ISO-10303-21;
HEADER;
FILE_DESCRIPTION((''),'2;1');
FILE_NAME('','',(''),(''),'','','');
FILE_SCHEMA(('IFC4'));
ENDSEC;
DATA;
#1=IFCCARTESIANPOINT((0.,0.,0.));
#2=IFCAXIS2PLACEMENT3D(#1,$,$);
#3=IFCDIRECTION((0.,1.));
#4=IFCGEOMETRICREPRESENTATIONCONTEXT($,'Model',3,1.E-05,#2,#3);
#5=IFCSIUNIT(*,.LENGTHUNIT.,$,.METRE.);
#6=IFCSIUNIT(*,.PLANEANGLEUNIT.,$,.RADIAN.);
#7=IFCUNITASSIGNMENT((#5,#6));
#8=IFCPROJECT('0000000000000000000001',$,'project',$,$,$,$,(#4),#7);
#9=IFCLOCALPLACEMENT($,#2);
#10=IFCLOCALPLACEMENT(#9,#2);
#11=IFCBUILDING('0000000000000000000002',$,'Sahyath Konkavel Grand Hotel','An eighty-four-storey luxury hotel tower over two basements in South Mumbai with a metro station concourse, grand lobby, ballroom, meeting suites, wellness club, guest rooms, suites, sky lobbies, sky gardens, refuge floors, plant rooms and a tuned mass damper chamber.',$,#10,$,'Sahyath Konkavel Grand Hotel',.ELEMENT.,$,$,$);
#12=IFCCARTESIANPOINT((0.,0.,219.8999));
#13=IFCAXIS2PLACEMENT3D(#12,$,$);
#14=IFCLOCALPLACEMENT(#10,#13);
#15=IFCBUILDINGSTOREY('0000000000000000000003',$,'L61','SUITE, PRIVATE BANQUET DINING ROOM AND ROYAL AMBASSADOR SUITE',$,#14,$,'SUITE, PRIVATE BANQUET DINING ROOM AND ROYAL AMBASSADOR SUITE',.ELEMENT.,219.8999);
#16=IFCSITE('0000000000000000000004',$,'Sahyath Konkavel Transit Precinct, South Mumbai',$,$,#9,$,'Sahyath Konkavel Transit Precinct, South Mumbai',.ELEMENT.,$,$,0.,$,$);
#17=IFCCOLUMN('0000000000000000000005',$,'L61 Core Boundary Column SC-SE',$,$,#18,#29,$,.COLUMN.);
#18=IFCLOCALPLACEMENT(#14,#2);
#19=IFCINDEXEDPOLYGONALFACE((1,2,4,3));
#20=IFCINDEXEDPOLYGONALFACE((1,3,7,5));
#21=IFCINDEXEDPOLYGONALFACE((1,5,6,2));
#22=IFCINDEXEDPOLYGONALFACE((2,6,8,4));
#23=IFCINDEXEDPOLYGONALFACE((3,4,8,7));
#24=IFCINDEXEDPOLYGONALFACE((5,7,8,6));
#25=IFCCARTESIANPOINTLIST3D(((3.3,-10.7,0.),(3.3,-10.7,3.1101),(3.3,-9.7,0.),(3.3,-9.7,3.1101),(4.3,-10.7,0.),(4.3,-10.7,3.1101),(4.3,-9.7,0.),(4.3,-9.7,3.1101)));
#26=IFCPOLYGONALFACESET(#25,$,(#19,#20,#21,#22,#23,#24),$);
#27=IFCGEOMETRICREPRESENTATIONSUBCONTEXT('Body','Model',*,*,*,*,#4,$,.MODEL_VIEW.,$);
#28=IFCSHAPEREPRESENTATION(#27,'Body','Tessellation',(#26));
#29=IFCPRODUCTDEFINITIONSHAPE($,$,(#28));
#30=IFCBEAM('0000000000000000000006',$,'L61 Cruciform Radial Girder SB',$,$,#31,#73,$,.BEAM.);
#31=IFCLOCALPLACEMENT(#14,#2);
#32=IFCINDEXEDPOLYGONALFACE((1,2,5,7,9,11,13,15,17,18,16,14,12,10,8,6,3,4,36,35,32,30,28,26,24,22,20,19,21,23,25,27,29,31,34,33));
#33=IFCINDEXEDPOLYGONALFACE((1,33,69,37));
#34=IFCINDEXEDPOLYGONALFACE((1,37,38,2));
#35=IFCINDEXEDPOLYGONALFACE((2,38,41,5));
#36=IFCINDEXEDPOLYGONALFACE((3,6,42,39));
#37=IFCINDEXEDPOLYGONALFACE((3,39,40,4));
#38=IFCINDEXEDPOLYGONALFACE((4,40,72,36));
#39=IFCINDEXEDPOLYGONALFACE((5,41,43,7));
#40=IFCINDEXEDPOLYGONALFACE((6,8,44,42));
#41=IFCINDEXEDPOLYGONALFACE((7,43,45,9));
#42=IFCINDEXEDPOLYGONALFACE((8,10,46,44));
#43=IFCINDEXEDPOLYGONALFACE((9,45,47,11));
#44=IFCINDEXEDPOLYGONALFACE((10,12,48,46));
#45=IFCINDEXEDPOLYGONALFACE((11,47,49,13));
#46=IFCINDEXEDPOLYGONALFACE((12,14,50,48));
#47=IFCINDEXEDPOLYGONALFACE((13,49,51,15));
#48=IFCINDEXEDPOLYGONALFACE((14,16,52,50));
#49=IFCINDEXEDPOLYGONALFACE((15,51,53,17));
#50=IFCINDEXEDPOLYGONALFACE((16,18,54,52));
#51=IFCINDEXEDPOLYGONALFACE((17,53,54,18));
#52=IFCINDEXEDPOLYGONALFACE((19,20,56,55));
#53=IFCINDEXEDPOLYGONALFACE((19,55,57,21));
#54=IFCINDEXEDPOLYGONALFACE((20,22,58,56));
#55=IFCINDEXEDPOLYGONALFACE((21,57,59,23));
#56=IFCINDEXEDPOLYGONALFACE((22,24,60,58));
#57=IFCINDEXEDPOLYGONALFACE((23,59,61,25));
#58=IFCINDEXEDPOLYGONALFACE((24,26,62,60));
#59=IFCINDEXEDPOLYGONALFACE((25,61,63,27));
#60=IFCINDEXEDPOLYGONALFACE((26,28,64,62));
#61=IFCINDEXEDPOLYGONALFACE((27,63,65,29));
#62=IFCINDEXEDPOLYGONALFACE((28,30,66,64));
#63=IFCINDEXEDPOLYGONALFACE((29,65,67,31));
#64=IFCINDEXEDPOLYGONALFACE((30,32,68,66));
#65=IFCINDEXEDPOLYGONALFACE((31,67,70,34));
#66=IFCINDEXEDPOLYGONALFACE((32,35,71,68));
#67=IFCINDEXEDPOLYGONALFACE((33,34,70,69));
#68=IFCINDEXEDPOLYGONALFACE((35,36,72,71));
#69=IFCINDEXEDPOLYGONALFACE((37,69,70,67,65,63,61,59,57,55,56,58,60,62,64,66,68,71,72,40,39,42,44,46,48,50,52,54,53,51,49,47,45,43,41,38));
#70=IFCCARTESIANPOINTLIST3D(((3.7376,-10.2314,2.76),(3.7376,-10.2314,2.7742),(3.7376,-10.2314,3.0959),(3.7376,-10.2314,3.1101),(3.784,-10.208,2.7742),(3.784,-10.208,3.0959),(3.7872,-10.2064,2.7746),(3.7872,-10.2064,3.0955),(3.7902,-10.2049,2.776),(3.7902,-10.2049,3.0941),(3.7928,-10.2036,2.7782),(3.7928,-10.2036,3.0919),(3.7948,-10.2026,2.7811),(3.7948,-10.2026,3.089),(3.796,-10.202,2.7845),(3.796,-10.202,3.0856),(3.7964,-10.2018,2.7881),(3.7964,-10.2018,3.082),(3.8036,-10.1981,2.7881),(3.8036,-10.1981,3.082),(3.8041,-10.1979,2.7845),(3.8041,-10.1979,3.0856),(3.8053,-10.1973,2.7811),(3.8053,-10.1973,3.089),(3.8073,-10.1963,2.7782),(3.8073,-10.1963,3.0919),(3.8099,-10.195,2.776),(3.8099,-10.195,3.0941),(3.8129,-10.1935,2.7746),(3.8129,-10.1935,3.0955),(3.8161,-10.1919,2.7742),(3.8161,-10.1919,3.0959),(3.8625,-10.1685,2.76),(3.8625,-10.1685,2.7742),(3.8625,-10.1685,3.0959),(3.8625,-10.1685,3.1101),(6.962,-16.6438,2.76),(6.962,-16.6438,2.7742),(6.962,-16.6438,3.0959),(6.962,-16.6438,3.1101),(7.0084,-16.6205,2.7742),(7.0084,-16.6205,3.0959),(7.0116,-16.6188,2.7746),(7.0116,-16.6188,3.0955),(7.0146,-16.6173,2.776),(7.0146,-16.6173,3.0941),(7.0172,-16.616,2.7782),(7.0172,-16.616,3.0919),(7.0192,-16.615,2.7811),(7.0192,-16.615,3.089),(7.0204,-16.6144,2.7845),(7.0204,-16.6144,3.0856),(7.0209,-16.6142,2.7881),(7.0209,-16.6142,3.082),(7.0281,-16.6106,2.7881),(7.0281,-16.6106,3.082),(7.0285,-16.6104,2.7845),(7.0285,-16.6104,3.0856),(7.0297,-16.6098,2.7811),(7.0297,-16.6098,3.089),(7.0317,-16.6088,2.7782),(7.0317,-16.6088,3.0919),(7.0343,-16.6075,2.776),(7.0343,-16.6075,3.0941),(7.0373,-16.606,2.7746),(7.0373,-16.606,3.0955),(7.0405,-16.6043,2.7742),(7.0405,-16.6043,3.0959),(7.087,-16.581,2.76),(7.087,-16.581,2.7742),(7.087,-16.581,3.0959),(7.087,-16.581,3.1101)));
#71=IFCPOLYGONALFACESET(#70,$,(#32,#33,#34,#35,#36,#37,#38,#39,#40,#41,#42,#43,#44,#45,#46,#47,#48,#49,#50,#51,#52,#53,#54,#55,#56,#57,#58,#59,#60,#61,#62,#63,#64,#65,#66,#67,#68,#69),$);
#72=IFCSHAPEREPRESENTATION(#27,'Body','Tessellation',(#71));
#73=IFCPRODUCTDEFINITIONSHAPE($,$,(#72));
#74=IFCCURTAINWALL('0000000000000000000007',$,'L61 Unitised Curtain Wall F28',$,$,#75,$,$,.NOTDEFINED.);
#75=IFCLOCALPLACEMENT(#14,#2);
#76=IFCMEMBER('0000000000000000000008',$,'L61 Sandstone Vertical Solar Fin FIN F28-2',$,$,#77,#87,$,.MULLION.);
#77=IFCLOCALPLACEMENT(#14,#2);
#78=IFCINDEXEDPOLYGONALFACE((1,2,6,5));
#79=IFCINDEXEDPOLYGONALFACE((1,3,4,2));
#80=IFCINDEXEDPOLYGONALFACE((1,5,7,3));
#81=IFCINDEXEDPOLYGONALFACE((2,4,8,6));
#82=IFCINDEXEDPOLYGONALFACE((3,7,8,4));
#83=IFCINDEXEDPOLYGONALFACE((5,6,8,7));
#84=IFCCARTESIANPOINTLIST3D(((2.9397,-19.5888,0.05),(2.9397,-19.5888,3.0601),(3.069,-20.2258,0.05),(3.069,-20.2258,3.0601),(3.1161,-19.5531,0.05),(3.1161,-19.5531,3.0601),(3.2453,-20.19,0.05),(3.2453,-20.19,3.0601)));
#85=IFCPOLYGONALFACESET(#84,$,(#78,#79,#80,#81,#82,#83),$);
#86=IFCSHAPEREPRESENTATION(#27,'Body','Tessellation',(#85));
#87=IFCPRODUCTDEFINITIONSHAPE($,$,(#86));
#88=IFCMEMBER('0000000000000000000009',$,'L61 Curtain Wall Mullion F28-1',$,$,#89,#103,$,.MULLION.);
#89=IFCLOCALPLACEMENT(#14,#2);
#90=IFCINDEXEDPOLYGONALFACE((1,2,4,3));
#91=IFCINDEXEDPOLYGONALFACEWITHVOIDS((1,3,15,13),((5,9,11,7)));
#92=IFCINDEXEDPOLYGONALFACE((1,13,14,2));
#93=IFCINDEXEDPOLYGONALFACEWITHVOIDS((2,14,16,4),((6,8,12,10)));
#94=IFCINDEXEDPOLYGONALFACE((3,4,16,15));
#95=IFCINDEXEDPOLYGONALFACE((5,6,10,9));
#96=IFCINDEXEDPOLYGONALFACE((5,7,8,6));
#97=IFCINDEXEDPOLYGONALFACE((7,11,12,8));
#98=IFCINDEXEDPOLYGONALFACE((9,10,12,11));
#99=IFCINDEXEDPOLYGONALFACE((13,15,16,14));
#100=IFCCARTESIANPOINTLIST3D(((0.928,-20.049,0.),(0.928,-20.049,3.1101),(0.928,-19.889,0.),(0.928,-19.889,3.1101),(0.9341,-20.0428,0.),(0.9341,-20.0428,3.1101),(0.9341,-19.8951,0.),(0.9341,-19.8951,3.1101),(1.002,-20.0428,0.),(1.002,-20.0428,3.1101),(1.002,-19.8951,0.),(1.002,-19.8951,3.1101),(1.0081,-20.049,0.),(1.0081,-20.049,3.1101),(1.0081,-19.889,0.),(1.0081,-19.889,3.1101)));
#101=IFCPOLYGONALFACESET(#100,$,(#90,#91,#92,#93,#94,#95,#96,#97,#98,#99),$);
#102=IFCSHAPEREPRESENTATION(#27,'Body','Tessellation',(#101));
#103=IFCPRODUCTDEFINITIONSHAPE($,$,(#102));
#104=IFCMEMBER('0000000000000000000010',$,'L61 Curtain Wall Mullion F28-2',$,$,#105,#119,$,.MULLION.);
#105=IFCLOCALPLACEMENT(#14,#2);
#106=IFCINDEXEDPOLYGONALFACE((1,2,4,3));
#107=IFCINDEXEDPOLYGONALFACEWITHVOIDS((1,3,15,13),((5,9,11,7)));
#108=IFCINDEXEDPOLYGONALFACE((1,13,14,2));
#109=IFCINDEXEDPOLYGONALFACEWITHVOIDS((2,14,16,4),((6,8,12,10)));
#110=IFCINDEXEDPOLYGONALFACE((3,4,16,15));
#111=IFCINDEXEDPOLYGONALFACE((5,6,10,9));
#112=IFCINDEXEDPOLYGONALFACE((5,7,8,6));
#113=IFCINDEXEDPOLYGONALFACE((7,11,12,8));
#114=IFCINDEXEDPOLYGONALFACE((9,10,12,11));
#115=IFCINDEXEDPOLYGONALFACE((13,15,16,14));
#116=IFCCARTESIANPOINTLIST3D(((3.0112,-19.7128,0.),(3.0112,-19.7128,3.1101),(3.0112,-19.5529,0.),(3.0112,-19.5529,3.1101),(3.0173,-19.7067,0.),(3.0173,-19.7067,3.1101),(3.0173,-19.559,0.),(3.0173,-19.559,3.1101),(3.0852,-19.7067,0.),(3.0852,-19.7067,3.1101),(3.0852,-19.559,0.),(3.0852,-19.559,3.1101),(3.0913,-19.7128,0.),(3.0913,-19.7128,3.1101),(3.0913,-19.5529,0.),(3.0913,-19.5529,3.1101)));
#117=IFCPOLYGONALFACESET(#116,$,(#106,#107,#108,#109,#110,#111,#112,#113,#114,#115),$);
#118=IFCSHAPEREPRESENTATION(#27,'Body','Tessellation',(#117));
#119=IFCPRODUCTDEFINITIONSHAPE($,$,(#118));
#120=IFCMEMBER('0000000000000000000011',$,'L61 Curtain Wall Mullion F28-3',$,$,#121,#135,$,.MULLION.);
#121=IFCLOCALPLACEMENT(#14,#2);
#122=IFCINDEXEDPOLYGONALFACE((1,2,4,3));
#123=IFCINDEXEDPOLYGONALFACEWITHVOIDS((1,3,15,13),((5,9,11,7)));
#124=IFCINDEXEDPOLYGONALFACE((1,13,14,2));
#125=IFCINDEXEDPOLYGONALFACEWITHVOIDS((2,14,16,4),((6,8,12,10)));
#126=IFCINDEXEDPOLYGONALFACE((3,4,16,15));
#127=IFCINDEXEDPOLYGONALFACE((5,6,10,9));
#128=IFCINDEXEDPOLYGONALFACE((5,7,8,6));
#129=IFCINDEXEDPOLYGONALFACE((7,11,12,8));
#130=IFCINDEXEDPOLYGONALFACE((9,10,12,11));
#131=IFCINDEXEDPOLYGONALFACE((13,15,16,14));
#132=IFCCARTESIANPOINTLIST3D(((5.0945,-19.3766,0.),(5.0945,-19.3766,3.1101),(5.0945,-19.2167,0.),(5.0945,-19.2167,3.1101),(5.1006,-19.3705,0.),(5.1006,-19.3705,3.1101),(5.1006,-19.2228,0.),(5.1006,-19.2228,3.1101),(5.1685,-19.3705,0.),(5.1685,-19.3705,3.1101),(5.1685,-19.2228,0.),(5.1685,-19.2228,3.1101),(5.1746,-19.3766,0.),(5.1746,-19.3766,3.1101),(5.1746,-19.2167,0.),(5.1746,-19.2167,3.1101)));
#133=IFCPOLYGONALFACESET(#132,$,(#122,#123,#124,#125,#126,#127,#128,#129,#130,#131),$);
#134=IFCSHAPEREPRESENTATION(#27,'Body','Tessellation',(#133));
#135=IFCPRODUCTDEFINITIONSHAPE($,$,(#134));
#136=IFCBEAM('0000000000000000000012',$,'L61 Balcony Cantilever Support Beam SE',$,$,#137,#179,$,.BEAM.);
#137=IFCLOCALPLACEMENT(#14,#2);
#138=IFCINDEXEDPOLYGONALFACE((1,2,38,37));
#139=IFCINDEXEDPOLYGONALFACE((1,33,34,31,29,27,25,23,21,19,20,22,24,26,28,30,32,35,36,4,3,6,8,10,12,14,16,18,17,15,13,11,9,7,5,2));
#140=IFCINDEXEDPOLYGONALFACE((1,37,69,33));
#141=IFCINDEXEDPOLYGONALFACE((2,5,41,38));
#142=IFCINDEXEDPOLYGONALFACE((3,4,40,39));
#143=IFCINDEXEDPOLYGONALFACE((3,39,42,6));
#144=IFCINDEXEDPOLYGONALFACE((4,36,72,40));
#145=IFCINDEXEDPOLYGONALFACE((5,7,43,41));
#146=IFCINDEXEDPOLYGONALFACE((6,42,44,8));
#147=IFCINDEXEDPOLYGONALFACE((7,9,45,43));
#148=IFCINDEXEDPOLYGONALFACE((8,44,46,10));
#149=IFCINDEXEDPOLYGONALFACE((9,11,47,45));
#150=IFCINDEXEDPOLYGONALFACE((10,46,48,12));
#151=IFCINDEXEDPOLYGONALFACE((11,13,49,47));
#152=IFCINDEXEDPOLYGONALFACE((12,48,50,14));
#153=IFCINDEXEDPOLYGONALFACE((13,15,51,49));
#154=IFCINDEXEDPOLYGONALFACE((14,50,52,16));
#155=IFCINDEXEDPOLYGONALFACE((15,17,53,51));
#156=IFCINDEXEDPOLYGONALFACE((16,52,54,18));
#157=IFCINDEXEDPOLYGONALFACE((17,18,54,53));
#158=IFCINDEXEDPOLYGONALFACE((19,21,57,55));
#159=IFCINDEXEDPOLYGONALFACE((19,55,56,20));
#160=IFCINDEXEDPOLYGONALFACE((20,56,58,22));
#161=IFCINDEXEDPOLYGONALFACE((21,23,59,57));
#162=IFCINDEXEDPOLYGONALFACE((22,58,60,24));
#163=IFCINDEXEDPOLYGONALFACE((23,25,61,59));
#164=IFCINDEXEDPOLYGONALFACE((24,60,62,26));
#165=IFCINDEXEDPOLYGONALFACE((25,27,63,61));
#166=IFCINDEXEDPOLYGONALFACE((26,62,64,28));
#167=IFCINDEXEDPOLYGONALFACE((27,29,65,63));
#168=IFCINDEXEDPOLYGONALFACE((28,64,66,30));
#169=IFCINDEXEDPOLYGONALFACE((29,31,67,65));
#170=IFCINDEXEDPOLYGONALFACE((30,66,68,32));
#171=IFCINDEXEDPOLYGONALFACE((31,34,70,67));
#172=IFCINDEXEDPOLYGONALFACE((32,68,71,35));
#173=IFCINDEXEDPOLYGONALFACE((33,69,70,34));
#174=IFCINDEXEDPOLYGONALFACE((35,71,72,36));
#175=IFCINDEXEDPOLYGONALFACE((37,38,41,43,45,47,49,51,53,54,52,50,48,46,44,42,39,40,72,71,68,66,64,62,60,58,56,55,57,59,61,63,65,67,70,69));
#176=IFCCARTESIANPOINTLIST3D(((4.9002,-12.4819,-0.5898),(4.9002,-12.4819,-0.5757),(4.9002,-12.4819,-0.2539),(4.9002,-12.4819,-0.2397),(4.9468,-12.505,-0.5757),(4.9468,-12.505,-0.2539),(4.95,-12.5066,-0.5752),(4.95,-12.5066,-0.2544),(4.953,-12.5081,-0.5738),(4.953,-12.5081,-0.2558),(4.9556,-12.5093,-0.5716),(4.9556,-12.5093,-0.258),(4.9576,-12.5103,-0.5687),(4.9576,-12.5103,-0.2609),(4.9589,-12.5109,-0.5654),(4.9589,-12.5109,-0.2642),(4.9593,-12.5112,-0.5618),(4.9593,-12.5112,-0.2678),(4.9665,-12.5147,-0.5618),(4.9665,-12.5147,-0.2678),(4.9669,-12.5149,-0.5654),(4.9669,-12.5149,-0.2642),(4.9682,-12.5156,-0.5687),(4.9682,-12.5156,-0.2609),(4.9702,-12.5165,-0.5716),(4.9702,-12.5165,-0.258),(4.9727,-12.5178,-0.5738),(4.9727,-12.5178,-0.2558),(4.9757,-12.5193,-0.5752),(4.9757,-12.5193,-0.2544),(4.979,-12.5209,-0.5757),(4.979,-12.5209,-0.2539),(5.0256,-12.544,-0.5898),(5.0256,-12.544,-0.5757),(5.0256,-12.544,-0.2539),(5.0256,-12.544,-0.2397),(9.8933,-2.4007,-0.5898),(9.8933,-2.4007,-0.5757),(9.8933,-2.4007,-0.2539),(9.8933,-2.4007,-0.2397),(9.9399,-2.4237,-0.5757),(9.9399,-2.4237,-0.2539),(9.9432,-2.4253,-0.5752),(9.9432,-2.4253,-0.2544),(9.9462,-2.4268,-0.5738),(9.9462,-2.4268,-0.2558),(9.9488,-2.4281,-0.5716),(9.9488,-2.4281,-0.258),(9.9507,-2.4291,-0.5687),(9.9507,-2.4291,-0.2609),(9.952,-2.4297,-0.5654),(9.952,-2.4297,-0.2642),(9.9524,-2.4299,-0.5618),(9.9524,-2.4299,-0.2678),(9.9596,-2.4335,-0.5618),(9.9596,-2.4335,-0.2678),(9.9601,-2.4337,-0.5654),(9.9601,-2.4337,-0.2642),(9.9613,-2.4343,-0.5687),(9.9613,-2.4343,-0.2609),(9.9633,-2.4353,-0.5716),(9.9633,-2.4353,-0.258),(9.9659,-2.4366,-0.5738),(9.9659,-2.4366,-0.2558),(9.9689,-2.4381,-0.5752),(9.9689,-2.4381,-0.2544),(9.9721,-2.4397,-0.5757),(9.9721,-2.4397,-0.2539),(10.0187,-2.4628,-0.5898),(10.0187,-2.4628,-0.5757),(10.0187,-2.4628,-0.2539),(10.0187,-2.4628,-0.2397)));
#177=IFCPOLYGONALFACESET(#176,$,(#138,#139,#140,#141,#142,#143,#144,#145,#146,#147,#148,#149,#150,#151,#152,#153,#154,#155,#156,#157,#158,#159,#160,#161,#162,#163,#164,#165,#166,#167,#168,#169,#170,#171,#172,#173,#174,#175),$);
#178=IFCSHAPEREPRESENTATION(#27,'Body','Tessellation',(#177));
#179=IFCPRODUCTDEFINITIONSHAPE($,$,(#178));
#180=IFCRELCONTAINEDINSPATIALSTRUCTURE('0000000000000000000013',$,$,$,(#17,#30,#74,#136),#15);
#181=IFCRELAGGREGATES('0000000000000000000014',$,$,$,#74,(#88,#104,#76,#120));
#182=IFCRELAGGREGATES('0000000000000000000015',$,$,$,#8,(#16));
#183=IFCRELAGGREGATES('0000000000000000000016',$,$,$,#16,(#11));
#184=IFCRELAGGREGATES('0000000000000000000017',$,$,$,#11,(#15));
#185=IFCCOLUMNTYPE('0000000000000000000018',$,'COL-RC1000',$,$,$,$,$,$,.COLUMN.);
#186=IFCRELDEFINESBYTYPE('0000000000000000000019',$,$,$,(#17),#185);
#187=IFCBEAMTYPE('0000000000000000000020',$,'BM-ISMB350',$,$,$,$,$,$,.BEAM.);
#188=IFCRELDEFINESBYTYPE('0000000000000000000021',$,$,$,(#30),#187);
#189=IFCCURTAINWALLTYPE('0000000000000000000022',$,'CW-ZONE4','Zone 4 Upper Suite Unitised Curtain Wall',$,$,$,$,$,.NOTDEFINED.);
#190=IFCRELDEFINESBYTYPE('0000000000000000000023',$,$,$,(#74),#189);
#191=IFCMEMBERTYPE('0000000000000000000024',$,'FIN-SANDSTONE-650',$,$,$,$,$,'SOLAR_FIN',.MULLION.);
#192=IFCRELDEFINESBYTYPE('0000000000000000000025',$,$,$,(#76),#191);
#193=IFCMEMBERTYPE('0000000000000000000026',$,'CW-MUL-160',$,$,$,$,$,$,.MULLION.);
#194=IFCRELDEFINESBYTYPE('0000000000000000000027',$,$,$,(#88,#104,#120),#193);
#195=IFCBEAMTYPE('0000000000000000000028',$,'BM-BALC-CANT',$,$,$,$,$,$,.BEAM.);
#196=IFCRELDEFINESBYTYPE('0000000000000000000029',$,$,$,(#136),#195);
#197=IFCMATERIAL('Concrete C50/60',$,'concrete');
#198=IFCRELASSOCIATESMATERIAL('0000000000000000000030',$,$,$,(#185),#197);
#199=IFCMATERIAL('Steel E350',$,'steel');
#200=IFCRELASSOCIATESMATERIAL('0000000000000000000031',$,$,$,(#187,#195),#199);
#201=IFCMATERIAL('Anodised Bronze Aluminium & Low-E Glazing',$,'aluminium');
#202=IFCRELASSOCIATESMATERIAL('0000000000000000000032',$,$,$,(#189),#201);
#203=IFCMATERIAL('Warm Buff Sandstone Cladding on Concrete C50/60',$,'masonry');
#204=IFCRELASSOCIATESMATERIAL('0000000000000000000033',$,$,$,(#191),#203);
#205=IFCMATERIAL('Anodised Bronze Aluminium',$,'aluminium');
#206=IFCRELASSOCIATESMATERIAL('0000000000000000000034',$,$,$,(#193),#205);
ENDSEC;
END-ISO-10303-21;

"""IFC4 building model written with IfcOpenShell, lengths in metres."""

from ifc_helpers import new_model, si_unit, direction, frame, origin, origin_2d, place, context, subcontext, project, spatial, rectangle, hollow_rectangle, i_section, extrude, source, transform, mapped, material, material_profile, profile_set, type_object, element, aggregate, save


model = new_model("IFC4")

# Units and contexts
model_context = context("Model", 3, precision=1e-05, world=origin(), true_north=direction((0.0, 1.0)))
body_context = subcontext(model_context, "Body", "Model", "MODEL_VIEW")
ifc_project = project(units=[si_unit("LENGTHUNIT", "METRE"), si_unit("PLANEANGLEUNIT", "RADIAN")], contexts=[model_context])

# Site, building, storey
site_placement = place(None, origin())
site = spatial("IfcSite", under=ifc_project, at=site_placement, Name="Sahyath Konkavel Transit Precinct, South Mumbai", LongName="Sahyath Konkavel Transit Precinct, South Mumbai", CompositionType="ELEMENT", RefElevation=0.0)
building_placement = place(site_placement, origin())
building = spatial("IfcBuilding", under=site, at=building_placement, Name="Sahyath Konkavel Grand Hotel", Description="An eighty-four-storey luxury hotel tower over two basements in South Mumbai with a metro station concourse, grand lobby, ballroom, meeting suites, wellness club, guest rooms, suites, sky lobbies, sky gardens, refuge floors, plant rooms and a tuned mass damper chamber.", LongName="Sahyath Konkavel Grand Hotel", CompositionType="ELEMENT")
storey_placement = place(building_placement, frame((0.0, 0.0, 219.8999)))
storey = spatial("IfcBuildingStorey", under=building, at=storey_placement, Name="L61", Description="SUITE, PRIVATE BANQUET DINING ROOM AND ROYAL AMBASSADOR SUITE", LongName="SUITE, PRIVATE BANQUET DINING ROOM AND ROYAL AMBASSADOR SUITE", CompositionType="ELEMENT", Elevation=219.8999)

# Column
ifc_material_1 = material(Name="Concrete C50/60", Category="concrete")
ifc_material_profile_1 = material_profile(ifc_material_1, rectangle(XDim=1.0, YDim=1.0, at=origin_2d()), Name="RC 1000x1000")
ifc_profile_set_1 = profile_set([ifc_material_profile_1], Name="Concrete C50/60")
column_type = type_object("IfcColumnType", Name="COL-RC1000", PredefinedType="COLUMN", material=ifc_profile_set_1)
shared_shape_1 = source(origin(), body_context, "Body", "SweptSolid", [
    extrude(rectangle(XDim=1.0, YDim=1.0, at=origin_2d()), origin(), (0.0, 0.0, 1.0), 3.1101),
])
column_placement = place(storey_placement, frame((3.8, -10.2, 0.0), z_axis=(0.0, 0.0, 1.0), x_axis=(1.0, 0.0, 0.0)))
element("IfcColumn", 1, at=column_placement, inside=storey, type_object=column_type, Name="L61 Core Boundary Column SC-SE", PredefinedType="COLUMN", context=body_context, shape_type="MappedRepresentation", body=[
    mapped(shared_shape_1, transform((0.0, 0.0, 0.0), scale=1.0)),
])

# Beam
ifc_material_2 = material(Name="Steel E350", Category="steel")
ifc_material_profile_2 = material_profile(ifc_material_2, i_section(OverallWidth=0.1399, OverallDepth=0.3501, WebThickness=0.0081, FlangeThickness=0.0142, FilletRadius=0.0139, at=origin_2d()), Name="ISMB 350")
ifc_profile_set_2 = profile_set([ifc_material_profile_2], Name="Steel E350")
beam_type_1 = type_object("IfcBeamType", Name="BM-ISMB350", PredefinedType="BEAM", material=ifc_profile_set_2)
shared_shape_2 = source(origin(), body_context, "Body", "SweptSolid", [
    extrude(i_section(OverallWidth=0.1399, OverallDepth=0.3501, WebThickness=0.0081, FlangeThickness=0.0142, FilletRadius=0.0139, at=origin_2d()), origin(), (0.0, 0.0, 1.0), 7.1775),
])
beam_1_placement = place(storey_placement, frame((3.8, -10.2, 2.9351), z_axis=(0.44924, -0.893411, 0.0), x_axis=(0.893411, 0.44924, 0.0)))
element("IfcBeam", 2, at=beam_1_placement, inside=storey, type_object=beam_type_1, Name="L61 Cruciform Radial Girder SB", PredefinedType="BEAM", context=body_context, shape_type="MappedRepresentation", body=[
    mapped(shared_shape_2, transform((0.0, 0.0, 0.0), scale=1.0)),
])

# Curtain wall, members
ifc_material_3 = material(Name="Anodised Bronze Aluminium & Low-E Glazing", Category="aluminium")
curtain_wall_type = type_object("IfcCurtainWallType", Name="CW-ZONE4", Description="Zone 4 Upper Suite Unitised Curtain Wall", PredefinedType="NOTDEFINED", material=ifc_material_3)
curtain_wall_1_placement = place(storey_placement, origin())
curtain_wall_1 = element("IfcCurtainWall", 3, at=curtain_wall_1_placement, inside=storey, type_object=curtain_wall_type, Name="L61 Unitised Curtain Wall F28", PredefinedType="NOTDEFINED")
ifc_material_4 = material(Name="Warm Buff Sandstone Cladding on Concrete C50/60", Category="masonry")
ifc_material_profile_3 = material_profile(ifc_material_4, rectangle(XDim=0.1799, YDim=0.6499, at=origin_2d()), Name="FIN 180x650")
ifc_profile_set_3 = profile_set([ifc_material_profile_3], Name="Warm Buff Sandstone Cladding on Concrete C50/60")
member_type_1 = type_object("IfcMemberType", Name="FIN-SANDSTONE-650", ElementType="SOLAR_FIN", PredefinedType="MULLION", material=ifc_profile_set_3)
shared_shape_3 = source(origin(), body_context, "Body", "SweptSolid", [
    extrude(rectangle(XDim=0.1799, YDim=0.6499, at=origin_2d()), origin(), (0.0, 0.0, 1.0), 3.01),
])
member_1_placement = place(storey_placement, frame((3.0925, -19.8894, 0.05), z_axis=(0.0, 0.0, 1.0), x_axis=(0.980029, 0.198855, 0.0)))
member_1 = element("IfcMember", 4, at=member_1_placement, type_object=member_type_1, Name="L61 Sandstone Vertical Solar Fin FIN F28-2", PredefinedType="MULLION", context=body_context, shape_type="MappedRepresentation", body=[
    mapped(shared_shape_3, transform((0.0, 0.0, 0.0), scale=1.0)),
])
ifc_material_5 = material(Name="Anodised Bronze Aluminium", Category="aluminium")
ifc_material_profile_4 = material_profile(ifc_material_5, hollow_rectangle(XDim=0.0801, YDim=0.1599, WallThickness=0.0061, at=origin_2d()), Name="RHS 160x80x6")
ifc_profile_set_4 = profile_set([ifc_material_profile_4], Name="Anodised Bronze Aluminium")
member_type_2 = type_object("IfcMemberType", Name="CW-MUL-160", PredefinedType="MULLION", material=ifc_profile_set_4)
shared_shape_4 = source(origin(), body_context, "Body", "SweptSolid", [
    extrude(hollow_rectangle(XDim=0.0801, YDim=0.1599, WallThickness=0.0061, at=origin_2d()), origin(), (0.0, 0.0, 1.0), 3.1101),
])
member_2_placement = place(storey_placement, frame((0.968, -19.969, 0.0), z_axis=(0.0, 0.0, 1.0), x_axis=(1.0, 0.0, 0.0)))
member_2 = element("IfcMember", 5, at=member_2_placement, type_object=member_type_2, Name="L61 Curtain Wall Mullion F28-1", PredefinedType="MULLION", context=body_context, shape_type="MappedRepresentation", body=[
    mapped(shared_shape_4, transform((0.0, 0.0, 0.0), scale=1.0)),
])
member_3_placement = place(storey_placement, frame((3.0513, -19.6328, 0.0), z_axis=(0.0, 0.0, 1.0), x_axis=(1.0, 0.0, 0.0)))
member_3 = element("IfcMember", 6, at=member_3_placement, type_object=member_type_2, Name="L61 Curtain Wall Mullion F28-2", PredefinedType="MULLION", context=body_context, shape_type="MappedRepresentation", body=[
    mapped(shared_shape_4, transform((0.0, 0.0, 0.0), scale=1.0)),
])
member_4_placement = place(storey_placement, frame((5.1345, -19.2966, 0.0), z_axis=(0.0, 0.0, 1.0), x_axis=(1.0, 0.0, 0.0)))
member_4 = element("IfcMember", 7, at=member_4_placement, type_object=member_type_2, Name="L61 Curtain Wall Mullion F28-3", PredefinedType="MULLION", context=body_context, shape_type="MappedRepresentation", body=[
    mapped(shared_shape_4, transform((0.0, 0.0, 0.0), scale=1.0)),
])

# Beam
ifc_material_profile_5 = material_profile(ifc_material_2, i_section(OverallWidth=0.1399, OverallDepth=0.3501, WebThickness=0.0081, FlangeThickness=0.0142, FilletRadius=0.0139, at=origin_2d()), Name="ISMB 350")
ifc_profile_set_5 = profile_set([ifc_material_profile_5], Name="Steel E350")
beam_type_2 = type_object("IfcBeamType", Name="BM-BALC-CANT", PredefinedType="BEAM", material=ifc_profile_set_5)
shared_shape_5 = source(origin(), body_context, "Body", "SweptSolid", [
    extrude(i_section(OverallWidth=0.1399, OverallDepth=0.3501, WebThickness=0.0081, FlangeThickness=0.0142, FilletRadius=0.0139, at=origin_2d()), origin(), (0.0, 0.0, 1.0), 11.25),
])
beam_2_placement = place(storey_placement, frame((4.9629, -12.5129, -0.4148), z_axis=(0.443834, 0.896109, 0.0), x_axis=(-0.896109, 0.443834, 0.0)))
element("IfcBeam", 8, at=beam_2_placement, inside=storey, type_object=beam_type_2, Name="L61 Balcony Cantilever Support Beam SE", PredefinedType="BEAM", context=body_context, shape_type="MappedRepresentation", body=[
    mapped(shared_shape_5, transform((0.0, 0.0, 0.0), scale=1.0)),
])

aggregate(curtain_wall_1, [member_2, member_3, member_1, member_4])

save(model, "model.ifc")
